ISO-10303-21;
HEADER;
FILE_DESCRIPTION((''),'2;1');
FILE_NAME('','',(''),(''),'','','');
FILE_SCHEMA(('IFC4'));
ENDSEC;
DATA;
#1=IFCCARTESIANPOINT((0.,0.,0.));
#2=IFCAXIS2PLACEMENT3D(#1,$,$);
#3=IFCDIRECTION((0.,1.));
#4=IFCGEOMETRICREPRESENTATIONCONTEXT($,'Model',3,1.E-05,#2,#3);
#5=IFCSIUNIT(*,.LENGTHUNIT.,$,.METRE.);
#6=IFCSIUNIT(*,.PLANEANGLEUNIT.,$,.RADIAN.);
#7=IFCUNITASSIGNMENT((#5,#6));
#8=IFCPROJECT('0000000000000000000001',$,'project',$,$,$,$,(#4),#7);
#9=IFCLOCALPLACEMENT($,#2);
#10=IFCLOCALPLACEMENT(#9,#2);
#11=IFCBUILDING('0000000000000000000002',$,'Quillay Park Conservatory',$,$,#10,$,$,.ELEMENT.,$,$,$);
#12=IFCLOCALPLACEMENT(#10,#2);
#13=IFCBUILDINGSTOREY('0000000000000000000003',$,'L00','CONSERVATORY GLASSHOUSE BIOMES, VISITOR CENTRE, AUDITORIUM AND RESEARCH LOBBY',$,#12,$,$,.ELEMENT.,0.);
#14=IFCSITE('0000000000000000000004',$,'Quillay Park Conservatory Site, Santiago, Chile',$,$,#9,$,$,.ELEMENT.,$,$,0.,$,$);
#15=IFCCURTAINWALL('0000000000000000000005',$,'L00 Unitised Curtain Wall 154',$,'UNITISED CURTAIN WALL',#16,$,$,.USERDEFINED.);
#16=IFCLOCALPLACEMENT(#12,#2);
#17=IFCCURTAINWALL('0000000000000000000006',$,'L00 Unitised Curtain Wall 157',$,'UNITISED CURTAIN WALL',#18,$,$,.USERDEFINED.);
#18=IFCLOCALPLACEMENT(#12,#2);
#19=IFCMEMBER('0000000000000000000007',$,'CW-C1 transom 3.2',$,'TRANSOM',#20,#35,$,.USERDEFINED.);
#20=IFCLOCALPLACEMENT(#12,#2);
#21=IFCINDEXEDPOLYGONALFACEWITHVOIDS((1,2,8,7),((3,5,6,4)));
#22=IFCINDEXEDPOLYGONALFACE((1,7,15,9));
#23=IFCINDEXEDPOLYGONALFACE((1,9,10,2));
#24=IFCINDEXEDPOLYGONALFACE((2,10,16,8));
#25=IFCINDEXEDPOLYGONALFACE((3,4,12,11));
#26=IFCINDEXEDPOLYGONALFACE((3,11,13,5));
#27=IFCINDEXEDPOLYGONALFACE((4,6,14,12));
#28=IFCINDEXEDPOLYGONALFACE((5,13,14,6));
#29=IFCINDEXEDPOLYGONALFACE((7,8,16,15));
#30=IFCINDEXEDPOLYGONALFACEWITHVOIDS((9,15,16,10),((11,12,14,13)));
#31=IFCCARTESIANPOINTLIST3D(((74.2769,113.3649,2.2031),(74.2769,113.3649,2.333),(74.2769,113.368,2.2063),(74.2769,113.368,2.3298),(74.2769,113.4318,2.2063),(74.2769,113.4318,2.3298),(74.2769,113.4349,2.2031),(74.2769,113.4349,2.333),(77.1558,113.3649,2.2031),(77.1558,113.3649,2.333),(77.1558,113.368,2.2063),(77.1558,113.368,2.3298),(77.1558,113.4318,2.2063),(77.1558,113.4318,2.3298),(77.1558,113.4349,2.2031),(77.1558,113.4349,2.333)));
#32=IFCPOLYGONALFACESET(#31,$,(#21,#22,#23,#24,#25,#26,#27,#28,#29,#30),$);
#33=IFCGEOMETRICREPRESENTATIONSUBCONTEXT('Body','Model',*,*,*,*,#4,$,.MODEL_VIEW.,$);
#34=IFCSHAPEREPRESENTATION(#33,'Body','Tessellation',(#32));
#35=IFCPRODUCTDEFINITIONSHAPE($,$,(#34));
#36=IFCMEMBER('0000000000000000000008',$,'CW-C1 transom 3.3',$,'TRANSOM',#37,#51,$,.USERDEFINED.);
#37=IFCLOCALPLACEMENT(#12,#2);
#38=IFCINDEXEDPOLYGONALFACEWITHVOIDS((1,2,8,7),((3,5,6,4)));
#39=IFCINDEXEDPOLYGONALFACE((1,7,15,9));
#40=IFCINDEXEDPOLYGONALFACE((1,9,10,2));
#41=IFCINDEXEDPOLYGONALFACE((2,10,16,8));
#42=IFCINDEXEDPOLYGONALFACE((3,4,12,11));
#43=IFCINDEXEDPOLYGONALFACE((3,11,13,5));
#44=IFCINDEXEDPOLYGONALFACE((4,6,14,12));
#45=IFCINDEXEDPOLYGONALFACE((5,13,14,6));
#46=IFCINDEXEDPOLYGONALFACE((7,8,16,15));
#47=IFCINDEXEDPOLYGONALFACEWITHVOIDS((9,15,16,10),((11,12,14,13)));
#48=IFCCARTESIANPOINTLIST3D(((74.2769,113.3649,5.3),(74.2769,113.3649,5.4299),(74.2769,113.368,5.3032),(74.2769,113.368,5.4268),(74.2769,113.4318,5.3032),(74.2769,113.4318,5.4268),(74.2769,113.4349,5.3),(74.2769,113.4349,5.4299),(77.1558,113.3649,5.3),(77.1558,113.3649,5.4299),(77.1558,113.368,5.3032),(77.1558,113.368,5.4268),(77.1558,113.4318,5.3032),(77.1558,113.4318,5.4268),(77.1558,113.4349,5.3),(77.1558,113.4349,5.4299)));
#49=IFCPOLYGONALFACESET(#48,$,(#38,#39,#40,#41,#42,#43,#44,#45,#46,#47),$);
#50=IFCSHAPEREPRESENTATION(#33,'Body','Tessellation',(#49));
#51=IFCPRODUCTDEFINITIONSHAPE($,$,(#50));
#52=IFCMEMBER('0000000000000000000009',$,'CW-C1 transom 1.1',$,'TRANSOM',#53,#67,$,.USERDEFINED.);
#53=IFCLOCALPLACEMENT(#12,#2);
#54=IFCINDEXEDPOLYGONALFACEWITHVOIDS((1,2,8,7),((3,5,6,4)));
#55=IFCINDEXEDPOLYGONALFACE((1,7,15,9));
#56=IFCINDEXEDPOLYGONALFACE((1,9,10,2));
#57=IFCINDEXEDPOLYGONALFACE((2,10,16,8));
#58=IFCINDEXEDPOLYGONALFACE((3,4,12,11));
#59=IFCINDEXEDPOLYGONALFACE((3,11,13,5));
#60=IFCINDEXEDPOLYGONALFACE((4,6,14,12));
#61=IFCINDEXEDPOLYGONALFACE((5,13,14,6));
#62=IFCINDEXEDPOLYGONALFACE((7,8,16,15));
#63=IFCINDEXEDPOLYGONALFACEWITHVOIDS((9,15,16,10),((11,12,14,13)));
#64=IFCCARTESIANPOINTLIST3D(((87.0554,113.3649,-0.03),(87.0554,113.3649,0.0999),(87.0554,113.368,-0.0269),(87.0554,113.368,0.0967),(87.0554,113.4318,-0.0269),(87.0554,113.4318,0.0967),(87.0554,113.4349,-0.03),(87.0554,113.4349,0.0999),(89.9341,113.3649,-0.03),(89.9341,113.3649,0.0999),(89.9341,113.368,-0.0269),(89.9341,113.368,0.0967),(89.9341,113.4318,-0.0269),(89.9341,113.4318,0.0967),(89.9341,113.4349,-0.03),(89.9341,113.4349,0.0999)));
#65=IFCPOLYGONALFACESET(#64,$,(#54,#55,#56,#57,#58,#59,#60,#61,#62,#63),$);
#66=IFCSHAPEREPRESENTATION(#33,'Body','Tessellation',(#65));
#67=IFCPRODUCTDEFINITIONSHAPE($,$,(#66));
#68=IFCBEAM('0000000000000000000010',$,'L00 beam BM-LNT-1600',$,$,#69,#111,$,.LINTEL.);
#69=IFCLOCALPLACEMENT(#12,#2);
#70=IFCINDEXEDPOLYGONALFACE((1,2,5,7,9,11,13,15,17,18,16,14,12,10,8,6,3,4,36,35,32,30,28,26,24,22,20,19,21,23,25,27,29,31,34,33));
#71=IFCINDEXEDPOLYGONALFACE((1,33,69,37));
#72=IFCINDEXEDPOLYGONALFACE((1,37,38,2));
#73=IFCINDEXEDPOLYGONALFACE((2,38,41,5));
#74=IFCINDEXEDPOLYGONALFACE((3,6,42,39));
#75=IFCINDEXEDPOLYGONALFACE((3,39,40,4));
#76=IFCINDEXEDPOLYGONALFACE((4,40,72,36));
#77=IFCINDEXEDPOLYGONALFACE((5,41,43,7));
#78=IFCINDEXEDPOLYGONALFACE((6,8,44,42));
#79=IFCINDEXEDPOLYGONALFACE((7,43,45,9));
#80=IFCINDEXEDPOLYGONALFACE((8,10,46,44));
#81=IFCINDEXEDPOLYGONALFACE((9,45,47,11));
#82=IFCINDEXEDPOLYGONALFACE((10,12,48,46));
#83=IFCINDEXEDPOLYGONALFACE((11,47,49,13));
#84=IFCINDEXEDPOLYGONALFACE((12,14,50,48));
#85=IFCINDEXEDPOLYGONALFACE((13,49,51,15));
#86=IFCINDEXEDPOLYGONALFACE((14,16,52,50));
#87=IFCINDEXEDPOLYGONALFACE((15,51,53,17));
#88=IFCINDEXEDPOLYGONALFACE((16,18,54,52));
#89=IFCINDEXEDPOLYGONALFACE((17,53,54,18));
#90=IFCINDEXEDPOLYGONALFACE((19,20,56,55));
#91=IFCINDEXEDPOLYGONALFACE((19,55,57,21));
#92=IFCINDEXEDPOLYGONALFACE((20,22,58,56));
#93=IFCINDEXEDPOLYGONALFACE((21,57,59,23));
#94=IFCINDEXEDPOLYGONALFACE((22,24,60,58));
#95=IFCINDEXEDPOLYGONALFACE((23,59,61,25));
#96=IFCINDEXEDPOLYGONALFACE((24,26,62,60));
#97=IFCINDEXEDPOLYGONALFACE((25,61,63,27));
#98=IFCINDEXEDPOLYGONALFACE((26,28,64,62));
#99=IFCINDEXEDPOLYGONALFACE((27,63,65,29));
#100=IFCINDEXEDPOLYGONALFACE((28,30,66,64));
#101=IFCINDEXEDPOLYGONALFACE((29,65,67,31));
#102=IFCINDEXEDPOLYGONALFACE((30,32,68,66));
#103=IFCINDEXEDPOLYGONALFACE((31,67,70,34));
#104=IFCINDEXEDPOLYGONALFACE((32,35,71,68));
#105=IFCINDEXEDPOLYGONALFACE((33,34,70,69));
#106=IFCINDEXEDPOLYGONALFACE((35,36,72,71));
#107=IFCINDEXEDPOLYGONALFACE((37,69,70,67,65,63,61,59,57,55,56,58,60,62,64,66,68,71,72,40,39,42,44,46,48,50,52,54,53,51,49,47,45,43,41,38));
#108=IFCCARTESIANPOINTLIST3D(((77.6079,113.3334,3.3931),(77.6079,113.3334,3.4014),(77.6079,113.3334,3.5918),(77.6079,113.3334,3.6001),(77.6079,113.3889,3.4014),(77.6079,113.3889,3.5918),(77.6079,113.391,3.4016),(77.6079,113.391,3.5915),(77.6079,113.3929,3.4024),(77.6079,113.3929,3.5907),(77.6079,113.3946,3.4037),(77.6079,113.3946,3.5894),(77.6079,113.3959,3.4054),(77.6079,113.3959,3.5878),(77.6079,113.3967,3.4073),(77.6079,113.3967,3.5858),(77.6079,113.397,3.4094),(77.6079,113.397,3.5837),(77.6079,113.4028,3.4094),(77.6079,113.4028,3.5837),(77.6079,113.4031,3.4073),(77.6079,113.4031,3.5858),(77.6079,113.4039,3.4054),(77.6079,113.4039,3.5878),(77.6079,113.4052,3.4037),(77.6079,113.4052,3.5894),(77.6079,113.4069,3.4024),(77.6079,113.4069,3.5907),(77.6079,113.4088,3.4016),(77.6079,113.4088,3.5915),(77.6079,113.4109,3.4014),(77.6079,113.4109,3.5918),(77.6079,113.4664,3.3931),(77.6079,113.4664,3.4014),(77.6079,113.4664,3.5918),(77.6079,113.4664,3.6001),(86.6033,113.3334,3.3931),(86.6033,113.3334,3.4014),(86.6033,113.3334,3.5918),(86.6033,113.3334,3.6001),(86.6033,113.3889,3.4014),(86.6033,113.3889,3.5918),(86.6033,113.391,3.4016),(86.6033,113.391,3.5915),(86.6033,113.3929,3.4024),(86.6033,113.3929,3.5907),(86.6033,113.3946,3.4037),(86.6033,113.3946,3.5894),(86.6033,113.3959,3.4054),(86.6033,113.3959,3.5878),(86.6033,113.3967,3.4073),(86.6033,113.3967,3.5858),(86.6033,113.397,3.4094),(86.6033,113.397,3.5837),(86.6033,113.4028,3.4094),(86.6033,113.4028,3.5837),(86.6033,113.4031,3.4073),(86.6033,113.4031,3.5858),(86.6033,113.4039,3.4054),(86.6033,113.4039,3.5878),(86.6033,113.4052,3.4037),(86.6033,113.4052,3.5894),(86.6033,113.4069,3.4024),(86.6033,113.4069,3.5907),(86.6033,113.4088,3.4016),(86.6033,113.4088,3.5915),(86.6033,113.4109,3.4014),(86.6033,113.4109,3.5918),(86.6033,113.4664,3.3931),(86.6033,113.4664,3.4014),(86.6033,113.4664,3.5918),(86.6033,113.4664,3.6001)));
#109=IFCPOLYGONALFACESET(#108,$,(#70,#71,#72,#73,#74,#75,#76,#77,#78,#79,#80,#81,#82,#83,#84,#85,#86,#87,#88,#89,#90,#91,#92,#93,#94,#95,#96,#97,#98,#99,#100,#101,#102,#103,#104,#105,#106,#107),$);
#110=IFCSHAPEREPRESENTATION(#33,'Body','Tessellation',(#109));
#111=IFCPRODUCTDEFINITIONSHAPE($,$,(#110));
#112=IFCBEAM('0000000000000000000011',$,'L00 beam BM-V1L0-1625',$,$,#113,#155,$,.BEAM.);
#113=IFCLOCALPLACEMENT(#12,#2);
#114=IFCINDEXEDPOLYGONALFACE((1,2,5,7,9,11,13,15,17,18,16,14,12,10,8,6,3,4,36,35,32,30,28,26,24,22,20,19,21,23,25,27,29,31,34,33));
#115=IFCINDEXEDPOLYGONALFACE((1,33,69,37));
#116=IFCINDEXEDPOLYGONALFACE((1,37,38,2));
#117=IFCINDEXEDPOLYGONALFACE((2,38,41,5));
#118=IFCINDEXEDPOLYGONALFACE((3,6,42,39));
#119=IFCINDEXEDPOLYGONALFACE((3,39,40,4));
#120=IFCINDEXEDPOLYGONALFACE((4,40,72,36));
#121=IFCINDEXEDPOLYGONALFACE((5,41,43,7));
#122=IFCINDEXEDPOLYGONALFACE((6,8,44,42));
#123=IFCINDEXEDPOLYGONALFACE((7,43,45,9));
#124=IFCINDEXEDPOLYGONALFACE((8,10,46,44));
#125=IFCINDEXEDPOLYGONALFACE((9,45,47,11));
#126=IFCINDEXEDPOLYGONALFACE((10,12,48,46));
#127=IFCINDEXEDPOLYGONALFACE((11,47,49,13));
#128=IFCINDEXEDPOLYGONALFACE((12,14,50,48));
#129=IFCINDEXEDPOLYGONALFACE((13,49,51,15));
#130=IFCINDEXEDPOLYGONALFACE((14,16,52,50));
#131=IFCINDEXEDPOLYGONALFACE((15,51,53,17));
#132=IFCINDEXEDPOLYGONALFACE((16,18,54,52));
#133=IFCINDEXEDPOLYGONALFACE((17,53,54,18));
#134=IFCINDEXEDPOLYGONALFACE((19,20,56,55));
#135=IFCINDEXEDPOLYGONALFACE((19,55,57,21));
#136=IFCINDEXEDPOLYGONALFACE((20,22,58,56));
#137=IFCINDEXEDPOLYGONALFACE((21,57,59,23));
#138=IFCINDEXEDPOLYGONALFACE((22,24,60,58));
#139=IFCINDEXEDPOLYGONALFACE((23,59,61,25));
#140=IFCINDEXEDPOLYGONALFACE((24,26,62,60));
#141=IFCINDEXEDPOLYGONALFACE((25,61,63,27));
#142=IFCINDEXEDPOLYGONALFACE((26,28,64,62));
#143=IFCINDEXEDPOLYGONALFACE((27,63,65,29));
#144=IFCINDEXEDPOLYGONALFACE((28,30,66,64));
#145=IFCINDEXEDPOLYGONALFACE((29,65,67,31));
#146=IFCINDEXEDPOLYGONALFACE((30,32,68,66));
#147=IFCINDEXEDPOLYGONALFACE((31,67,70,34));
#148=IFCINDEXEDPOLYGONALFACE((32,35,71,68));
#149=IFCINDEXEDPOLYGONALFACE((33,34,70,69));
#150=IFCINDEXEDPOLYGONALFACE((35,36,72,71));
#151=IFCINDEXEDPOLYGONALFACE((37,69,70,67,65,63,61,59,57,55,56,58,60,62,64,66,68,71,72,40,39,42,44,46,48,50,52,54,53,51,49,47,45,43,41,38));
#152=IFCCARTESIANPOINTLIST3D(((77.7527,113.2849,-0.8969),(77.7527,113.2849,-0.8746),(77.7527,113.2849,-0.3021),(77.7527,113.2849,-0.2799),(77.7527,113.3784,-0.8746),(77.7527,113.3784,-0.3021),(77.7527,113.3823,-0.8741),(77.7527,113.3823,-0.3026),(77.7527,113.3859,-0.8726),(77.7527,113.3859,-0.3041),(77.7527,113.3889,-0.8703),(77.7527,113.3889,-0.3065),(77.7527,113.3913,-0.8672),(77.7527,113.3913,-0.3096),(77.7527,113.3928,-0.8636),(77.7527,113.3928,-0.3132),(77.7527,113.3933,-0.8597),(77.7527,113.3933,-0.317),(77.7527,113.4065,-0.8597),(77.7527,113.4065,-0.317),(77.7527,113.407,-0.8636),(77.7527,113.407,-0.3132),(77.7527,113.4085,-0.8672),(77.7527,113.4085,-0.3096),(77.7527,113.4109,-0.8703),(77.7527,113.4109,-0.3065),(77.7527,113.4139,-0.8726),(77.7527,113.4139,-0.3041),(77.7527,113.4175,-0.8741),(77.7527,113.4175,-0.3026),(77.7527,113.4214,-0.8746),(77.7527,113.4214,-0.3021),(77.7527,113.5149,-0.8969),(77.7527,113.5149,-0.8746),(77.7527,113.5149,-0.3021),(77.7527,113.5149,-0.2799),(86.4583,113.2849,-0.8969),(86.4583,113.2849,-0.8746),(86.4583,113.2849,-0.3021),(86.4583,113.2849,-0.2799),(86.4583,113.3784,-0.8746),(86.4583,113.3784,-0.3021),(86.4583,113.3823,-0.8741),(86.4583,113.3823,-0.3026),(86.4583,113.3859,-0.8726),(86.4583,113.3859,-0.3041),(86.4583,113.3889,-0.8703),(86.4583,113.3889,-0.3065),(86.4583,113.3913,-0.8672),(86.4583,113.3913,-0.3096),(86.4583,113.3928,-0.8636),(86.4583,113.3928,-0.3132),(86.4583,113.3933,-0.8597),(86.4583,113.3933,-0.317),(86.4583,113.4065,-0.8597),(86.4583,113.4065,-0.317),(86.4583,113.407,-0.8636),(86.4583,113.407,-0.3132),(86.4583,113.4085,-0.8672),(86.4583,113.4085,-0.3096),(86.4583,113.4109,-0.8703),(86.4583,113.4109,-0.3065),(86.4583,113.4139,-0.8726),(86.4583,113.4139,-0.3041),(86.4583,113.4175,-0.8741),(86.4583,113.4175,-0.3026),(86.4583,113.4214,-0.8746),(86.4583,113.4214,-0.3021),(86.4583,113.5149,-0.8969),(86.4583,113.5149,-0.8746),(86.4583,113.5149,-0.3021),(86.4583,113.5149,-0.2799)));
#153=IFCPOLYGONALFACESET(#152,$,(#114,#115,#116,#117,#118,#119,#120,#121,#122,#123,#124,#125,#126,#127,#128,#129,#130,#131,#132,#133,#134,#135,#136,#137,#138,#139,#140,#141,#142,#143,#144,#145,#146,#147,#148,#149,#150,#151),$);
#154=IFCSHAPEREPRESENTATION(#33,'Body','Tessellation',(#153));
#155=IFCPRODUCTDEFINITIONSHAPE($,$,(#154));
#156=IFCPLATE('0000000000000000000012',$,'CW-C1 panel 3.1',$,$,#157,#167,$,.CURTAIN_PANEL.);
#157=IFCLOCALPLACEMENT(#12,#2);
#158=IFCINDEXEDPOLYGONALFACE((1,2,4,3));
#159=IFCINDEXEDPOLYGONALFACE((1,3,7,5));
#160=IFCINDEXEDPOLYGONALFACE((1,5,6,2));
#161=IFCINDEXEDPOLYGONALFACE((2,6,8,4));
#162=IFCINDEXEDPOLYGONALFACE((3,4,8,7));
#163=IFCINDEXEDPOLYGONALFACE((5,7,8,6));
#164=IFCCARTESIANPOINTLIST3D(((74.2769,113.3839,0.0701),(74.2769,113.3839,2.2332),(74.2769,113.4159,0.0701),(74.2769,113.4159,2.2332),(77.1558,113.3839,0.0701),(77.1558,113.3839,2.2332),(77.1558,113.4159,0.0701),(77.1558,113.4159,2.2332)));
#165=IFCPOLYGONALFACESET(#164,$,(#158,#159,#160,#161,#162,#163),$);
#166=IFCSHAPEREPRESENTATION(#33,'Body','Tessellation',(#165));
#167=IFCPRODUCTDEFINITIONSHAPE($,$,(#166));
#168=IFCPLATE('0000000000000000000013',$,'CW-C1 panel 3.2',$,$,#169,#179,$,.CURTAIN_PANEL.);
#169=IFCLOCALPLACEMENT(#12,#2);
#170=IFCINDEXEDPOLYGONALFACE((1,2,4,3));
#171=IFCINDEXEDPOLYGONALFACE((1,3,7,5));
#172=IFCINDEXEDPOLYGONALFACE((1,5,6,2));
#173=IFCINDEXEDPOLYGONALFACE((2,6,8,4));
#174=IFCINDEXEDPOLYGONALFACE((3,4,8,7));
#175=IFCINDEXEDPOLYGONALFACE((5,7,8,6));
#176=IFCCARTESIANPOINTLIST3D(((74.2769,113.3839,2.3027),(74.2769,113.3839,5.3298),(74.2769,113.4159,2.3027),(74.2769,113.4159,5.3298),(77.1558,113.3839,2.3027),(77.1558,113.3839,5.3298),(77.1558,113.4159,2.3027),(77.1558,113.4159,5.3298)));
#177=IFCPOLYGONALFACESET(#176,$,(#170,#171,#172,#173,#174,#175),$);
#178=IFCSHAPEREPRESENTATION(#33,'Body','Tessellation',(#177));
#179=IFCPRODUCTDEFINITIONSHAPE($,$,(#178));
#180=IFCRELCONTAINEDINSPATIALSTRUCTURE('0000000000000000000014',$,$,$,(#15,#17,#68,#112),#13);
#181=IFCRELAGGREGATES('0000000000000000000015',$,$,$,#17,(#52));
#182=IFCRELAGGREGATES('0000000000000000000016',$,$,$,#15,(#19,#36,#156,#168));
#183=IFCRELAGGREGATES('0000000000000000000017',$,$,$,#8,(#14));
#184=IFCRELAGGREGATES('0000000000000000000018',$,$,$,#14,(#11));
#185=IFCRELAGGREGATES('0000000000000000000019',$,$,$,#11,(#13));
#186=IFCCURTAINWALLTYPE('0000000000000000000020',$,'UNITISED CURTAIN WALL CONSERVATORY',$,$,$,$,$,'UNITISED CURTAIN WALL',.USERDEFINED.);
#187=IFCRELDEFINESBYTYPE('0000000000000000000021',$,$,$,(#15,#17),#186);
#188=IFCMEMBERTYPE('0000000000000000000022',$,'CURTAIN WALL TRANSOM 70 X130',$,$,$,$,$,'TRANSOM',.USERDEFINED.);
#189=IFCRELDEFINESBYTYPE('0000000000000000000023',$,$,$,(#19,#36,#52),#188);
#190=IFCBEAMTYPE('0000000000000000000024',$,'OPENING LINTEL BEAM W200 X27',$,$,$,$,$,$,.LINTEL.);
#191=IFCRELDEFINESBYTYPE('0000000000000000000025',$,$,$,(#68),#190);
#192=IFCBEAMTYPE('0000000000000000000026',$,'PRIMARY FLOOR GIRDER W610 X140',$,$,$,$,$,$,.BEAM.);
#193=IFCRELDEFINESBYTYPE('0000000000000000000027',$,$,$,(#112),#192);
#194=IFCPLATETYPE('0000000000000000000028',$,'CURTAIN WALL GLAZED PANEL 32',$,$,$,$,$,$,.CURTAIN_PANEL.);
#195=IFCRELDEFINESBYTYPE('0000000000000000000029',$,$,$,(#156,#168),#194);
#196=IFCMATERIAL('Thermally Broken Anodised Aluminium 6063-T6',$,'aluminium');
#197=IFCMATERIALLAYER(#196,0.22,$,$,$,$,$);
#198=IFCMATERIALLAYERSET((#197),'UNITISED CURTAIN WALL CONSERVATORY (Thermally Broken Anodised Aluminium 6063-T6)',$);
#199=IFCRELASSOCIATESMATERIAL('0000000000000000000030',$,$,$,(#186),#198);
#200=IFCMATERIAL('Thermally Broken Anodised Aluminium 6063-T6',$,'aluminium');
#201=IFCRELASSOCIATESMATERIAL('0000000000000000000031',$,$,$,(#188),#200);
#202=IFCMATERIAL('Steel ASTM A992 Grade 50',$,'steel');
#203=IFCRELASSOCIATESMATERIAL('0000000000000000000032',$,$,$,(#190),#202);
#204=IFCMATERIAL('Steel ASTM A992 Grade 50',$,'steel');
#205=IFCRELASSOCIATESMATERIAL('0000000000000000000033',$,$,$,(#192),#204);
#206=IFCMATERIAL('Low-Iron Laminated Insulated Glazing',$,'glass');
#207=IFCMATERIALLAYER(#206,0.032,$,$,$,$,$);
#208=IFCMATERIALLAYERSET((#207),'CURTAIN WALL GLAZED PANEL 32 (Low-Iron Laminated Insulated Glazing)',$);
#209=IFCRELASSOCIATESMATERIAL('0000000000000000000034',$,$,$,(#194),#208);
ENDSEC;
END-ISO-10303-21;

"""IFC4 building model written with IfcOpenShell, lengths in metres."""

from ifc_helpers import new_model, si_unit, direction, frame, origin, origin_2d, place, context, subcontext, project, spatial, rectangle, hollow_rectangle, i_section, extrude, material, layer, layer_set, material_profile, profile_set, type_object, element, aggregate, save


model = new_model("IFC4")

# Units and contexts
model_context = context("Model", 3, precision=1e-05, world=origin(), true_north=direction((0.0, 1.0)))
body_context = subcontext(model_context, "Body", "Model", "MODEL_VIEW")
ifc_project = project(units=[si_unit("LENGTHUNIT", "METRE"), si_unit("PLANEANGLEUNIT", "RADIAN")], contexts=[model_context])

# Site, building, storey
site_placement = place(None, origin())
site = spatial("IfcSite", under=ifc_project, at=site_placement, Name="Quillay Park Conservatory Site, Santiago, Chile", CompositionType="ELEMENT", RefElevation=0.0)
building_placement = place(site_placement, origin())
building = spatial("IfcBuilding", under=site, at=building_placement, Name="Quillay Park Conservatory", CompositionType="ELEMENT")
storey_placement = place(building_placement, origin())
storey = spatial("IfcBuildingStorey", under=building, at=storey_placement, Name="L00", Description="CONSERVATORY GLASSHOUSE BIOMES, VISITOR CENTRE, AUDITORIUM AND RESEARCH LOBBY", CompositionType="ELEMENT", Elevation=0.0)

# Curtain wall
ifc_material_1 = material(Name="Thermally Broken Anodised Aluminium 6063-T6", Category="aluminium")
ifc_layer_1 = layer(ifc_material_1, 0.22)
ifc_layer_set_1 = layer_set([ifc_layer_1], Name="UNITISED CURTAIN WALL CONSERVATORY (Thermally Broken Anodised Aluminium 6063-T6)")
curtain_wall_type = type_object("IfcCurtainWallType", Name="UNITISED CURTAIN WALL CONSERVATORY", ElementType="UNITISED CURTAIN WALL", PredefinedType="USERDEFINED", material=ifc_layer_set_1)
curtain_wall_1_placement = place(storey_placement, origin())
curtain_wall_1 = element("IfcCurtainWall", 1, at=curtain_wall_1_placement, inside=storey, type_object=curtain_wall_type, Name="L00 Unitised Curtain Wall 154", ObjectType="UNITISED CURTAIN WALL", PredefinedType="USERDEFINED")

# Curtain wall
curtain_wall_2_placement = place(storey_placement, origin())
curtain_wall_2 = element("IfcCurtainWall", 2, at=curtain_wall_2_placement, inside=storey, type_object=curtain_wall_type, Name="L00 Unitised Curtain Wall 157", ObjectType="UNITISED CURTAIN WALL", PredefinedType="USERDEFINED")

# Members
ifc_material_2 = material(Name="Thermally Broken Anodised Aluminium 6063-T6", Category="aluminium")
ifc_material_profile_1 = material_profile(ifc_material_2, hollow_rectangle(XDim=0.0701, YDim=0.1299, WallThickness=0.0032, at=origin_2d()), Name="AL70x130x3.2")
ifc_profile_set_1 = profile_set([ifc_material_profile_1], Name="Thermally Broken Anodised Aluminium 6063-T6")
member_type_1 = type_object("IfcMemberType", Name="CURTAIN WALL TRANSOM 70 X130", ElementType="TRANSOM", PredefinedType="USERDEFINED", material=ifc_profile_set_1)
member_1_placement = place(storey_placement, frame((74.2769, 113.3999, 2.2681), z_axis=(1.0, 0.0, 0.0), x_axis=(0.0, 1.0, 0.0)))
member_1 = element("IfcMember", 3, at=member_1_placement, type_object=member_type_1, Name="CW-C1 transom 3.2", ObjectType="TRANSOM", PredefinedType="USERDEFINED", context=body_context, shape_type="SweptSolid", body=[
    extrude(hollow_rectangle(XDim=0.0701, YDim=0.1299, WallThickness=0.0032, at=origin_2d()), origin(), (0.0, 0.0, 1.0), 2.8789),
])
member_2_placement = place(storey_placement, frame((74.2769, 113.3999, 5.365), z_axis=(1.0, 0.0, 0.0), x_axis=(0.0, 1.0, 0.0)))
member_2 = element("IfcMember", 4, at=member_2_placement, type_object=member_type_1, Name="CW-C1 transom 3.3", ObjectType="TRANSOM", PredefinedType="USERDEFINED", context=body_context, shape_type="SweptSolid", body=[
    extrude(hollow_rectangle(XDim=0.0701, YDim=0.1299, WallThickness=0.0032, at=origin_2d()), origin(), (0.0, 0.0, 1.0), 2.8789),
])
member_3_placement = place(storey_placement, frame((87.0554, 113.3999, 0.0349), z_axis=(1.0, 0.0, 0.0), x_axis=(0.0, 1.0, 0.0)))
member_3 = element("IfcMember", 5, at=member_3_placement, type_object=member_type_1, Name="CW-C1 transom 1.1", ObjectType="TRANSOM", PredefinedType="USERDEFINED", context=body_context, shape_type="SweptSolid", body=[
    extrude(hollow_rectangle(XDim=0.0701, YDim=0.1299, WallThickness=0.0032, at=origin_2d()), origin(), (0.0, 0.0, 1.0), 2.8787),
])
aggregate(curtain_wall_2, [member_3])

# Beams
ifc_material_3 = material(Name="Steel ASTM A992 Grade 50", Category="steel")
ifc_material_profile_2 = material_profile(ifc_material_3, i_section(OverallWidth=0.1331, OverallDepth=0.207, WebThickness=0.0059, FlangeThickness=0.0083, FilletRadius=0.0081, at=origin_2d()), Name="W200x27")
ifc_profile_set_2 = profile_set([ifc_material_profile_2], Name="Steel ASTM A992 Grade 50")
beam_type_1 = type_object("IfcBeamType", Name="OPENING LINTEL BEAM W200 X27", PredefinedType="LINTEL", material=ifc_profile_set_2)
beam_1_placement = place(storey_placement, frame((77.6079, 113.3999, 3.4966), z_axis=(1.0, 0.0, 0.0), x_axis=(0.0, 1.0, 0.0)))
element("IfcBeam", 6, at=beam_1_placement, inside=storey, type_object=beam_type_1, Name="L00 beam BM-LNT-1600", PredefinedType="LINTEL", context=body_context, shape_type="SweptSolid", body=[
    extrude(i_section(OverallWidth=0.1331, OverallDepth=0.207, WebThickness=0.0059, FlangeThickness=0.0083, FilletRadius=0.0081, at=origin_2d()), origin(), (0.0, 0.0, 1.0), 8.9954),
])
ifc_material_4 = material(Name="Steel ASTM A992 Grade 50", Category="steel")
ifc_material_profile_3 = material_profile(ifc_material_4, i_section(OverallWidth=0.23, OverallDepth=0.6169, WebThickness=0.0132, FlangeThickness=0.0222, FilletRadius=0.0149, at=origin_2d()), Name="W610x140")
ifc_profile_set_3 = profile_set([ifc_material_profile_3], Name="Steel ASTM A992 Grade 50")
beam_type_2 = type_object("IfcBeamType", Name="PRIMARY FLOOR GIRDER W610 X140", PredefinedType="BEAM", material=ifc_profile_set_3)
beam_2_placement = place(storey_placement, frame((77.7527, 113.3999, -0.5884), z_axis=(1.0, 0.0, 0.0), x_axis=(0.0, 1.0, 0.0)))
element("IfcBeam", 7, at=beam_2_placement, inside=storey, type_object=beam_type_2, Name="L00 beam BM-V1L0-1625", PredefinedType="BEAM", context=body_context, shape_type="SweptSolid", body=[
    extrude(i_section(OverallWidth=0.23, OverallDepth=0.6169, WebThickness=0.0132, FlangeThickness=0.0222, FilletRadius=0.0149, at=origin_2d()), origin(), (0.0, 0.0, 1.0), 8.7056),
])

# Plates
ifc_material_5 = material(Name="Low-Iron Laminated Insulated Glazing", Category="glass")
ifc_layer_2 = layer(ifc_material_5, 0.032)
ifc_layer_set_2 = layer_set([ifc_layer_2], Name="CURTAIN WALL GLAZED PANEL 32 (Low-Iron Laminated Insulated Glazing)")
plate_type_1 = type_object("IfcPlateType", Name="CURTAIN WALL GLAZED PANEL 32", PredefinedType="CURTAIN_PANEL", material=ifc_layer_set_2)
plate_1_placement = place(storey_placement, frame((75.7163, 113.3999, 0.0701), z_axis=(0.0, 0.0, 1.0), x_axis=(1.0, 0.0, 0.0)))
plate_1 = element("IfcPlate", 8, at=plate_1_placement, type_object=plate_type_1, Name="CW-C1 panel 3.1", PredefinedType="CURTAIN_PANEL", context=body_context, shape_type="SweptSolid", body=[
    extrude(rectangle(XDim=2.8789, YDim=0.032, at=origin_2d()), origin(), (0.0, 0.0, 1.0), 2.1631),
])
plate_2_placement = place(storey_placement, frame((75.7163, 113.3999, 2.3027), z_axis=(0.0, 0.0, 1.0), x_axis=(1.0, 0.0, 0.0)))
plate_2 = element("IfcPlate", 9, at=plate_2_placement, type_object=plate_type_1, Name="CW-C1 panel 3.2", PredefinedType="CURTAIN_PANEL", context=body_context, shape_type="SweptSolid", body=[
    extrude(rectangle(XDim=2.8789, YDim=0.032, at=origin_2d()), origin(), (0.0, 0.0, 1.0), 3.0271),
])
aggregate(curtain_wall_1, [member_1, member_2, plate_1, plate_2])

save(model, "model.ifc")
